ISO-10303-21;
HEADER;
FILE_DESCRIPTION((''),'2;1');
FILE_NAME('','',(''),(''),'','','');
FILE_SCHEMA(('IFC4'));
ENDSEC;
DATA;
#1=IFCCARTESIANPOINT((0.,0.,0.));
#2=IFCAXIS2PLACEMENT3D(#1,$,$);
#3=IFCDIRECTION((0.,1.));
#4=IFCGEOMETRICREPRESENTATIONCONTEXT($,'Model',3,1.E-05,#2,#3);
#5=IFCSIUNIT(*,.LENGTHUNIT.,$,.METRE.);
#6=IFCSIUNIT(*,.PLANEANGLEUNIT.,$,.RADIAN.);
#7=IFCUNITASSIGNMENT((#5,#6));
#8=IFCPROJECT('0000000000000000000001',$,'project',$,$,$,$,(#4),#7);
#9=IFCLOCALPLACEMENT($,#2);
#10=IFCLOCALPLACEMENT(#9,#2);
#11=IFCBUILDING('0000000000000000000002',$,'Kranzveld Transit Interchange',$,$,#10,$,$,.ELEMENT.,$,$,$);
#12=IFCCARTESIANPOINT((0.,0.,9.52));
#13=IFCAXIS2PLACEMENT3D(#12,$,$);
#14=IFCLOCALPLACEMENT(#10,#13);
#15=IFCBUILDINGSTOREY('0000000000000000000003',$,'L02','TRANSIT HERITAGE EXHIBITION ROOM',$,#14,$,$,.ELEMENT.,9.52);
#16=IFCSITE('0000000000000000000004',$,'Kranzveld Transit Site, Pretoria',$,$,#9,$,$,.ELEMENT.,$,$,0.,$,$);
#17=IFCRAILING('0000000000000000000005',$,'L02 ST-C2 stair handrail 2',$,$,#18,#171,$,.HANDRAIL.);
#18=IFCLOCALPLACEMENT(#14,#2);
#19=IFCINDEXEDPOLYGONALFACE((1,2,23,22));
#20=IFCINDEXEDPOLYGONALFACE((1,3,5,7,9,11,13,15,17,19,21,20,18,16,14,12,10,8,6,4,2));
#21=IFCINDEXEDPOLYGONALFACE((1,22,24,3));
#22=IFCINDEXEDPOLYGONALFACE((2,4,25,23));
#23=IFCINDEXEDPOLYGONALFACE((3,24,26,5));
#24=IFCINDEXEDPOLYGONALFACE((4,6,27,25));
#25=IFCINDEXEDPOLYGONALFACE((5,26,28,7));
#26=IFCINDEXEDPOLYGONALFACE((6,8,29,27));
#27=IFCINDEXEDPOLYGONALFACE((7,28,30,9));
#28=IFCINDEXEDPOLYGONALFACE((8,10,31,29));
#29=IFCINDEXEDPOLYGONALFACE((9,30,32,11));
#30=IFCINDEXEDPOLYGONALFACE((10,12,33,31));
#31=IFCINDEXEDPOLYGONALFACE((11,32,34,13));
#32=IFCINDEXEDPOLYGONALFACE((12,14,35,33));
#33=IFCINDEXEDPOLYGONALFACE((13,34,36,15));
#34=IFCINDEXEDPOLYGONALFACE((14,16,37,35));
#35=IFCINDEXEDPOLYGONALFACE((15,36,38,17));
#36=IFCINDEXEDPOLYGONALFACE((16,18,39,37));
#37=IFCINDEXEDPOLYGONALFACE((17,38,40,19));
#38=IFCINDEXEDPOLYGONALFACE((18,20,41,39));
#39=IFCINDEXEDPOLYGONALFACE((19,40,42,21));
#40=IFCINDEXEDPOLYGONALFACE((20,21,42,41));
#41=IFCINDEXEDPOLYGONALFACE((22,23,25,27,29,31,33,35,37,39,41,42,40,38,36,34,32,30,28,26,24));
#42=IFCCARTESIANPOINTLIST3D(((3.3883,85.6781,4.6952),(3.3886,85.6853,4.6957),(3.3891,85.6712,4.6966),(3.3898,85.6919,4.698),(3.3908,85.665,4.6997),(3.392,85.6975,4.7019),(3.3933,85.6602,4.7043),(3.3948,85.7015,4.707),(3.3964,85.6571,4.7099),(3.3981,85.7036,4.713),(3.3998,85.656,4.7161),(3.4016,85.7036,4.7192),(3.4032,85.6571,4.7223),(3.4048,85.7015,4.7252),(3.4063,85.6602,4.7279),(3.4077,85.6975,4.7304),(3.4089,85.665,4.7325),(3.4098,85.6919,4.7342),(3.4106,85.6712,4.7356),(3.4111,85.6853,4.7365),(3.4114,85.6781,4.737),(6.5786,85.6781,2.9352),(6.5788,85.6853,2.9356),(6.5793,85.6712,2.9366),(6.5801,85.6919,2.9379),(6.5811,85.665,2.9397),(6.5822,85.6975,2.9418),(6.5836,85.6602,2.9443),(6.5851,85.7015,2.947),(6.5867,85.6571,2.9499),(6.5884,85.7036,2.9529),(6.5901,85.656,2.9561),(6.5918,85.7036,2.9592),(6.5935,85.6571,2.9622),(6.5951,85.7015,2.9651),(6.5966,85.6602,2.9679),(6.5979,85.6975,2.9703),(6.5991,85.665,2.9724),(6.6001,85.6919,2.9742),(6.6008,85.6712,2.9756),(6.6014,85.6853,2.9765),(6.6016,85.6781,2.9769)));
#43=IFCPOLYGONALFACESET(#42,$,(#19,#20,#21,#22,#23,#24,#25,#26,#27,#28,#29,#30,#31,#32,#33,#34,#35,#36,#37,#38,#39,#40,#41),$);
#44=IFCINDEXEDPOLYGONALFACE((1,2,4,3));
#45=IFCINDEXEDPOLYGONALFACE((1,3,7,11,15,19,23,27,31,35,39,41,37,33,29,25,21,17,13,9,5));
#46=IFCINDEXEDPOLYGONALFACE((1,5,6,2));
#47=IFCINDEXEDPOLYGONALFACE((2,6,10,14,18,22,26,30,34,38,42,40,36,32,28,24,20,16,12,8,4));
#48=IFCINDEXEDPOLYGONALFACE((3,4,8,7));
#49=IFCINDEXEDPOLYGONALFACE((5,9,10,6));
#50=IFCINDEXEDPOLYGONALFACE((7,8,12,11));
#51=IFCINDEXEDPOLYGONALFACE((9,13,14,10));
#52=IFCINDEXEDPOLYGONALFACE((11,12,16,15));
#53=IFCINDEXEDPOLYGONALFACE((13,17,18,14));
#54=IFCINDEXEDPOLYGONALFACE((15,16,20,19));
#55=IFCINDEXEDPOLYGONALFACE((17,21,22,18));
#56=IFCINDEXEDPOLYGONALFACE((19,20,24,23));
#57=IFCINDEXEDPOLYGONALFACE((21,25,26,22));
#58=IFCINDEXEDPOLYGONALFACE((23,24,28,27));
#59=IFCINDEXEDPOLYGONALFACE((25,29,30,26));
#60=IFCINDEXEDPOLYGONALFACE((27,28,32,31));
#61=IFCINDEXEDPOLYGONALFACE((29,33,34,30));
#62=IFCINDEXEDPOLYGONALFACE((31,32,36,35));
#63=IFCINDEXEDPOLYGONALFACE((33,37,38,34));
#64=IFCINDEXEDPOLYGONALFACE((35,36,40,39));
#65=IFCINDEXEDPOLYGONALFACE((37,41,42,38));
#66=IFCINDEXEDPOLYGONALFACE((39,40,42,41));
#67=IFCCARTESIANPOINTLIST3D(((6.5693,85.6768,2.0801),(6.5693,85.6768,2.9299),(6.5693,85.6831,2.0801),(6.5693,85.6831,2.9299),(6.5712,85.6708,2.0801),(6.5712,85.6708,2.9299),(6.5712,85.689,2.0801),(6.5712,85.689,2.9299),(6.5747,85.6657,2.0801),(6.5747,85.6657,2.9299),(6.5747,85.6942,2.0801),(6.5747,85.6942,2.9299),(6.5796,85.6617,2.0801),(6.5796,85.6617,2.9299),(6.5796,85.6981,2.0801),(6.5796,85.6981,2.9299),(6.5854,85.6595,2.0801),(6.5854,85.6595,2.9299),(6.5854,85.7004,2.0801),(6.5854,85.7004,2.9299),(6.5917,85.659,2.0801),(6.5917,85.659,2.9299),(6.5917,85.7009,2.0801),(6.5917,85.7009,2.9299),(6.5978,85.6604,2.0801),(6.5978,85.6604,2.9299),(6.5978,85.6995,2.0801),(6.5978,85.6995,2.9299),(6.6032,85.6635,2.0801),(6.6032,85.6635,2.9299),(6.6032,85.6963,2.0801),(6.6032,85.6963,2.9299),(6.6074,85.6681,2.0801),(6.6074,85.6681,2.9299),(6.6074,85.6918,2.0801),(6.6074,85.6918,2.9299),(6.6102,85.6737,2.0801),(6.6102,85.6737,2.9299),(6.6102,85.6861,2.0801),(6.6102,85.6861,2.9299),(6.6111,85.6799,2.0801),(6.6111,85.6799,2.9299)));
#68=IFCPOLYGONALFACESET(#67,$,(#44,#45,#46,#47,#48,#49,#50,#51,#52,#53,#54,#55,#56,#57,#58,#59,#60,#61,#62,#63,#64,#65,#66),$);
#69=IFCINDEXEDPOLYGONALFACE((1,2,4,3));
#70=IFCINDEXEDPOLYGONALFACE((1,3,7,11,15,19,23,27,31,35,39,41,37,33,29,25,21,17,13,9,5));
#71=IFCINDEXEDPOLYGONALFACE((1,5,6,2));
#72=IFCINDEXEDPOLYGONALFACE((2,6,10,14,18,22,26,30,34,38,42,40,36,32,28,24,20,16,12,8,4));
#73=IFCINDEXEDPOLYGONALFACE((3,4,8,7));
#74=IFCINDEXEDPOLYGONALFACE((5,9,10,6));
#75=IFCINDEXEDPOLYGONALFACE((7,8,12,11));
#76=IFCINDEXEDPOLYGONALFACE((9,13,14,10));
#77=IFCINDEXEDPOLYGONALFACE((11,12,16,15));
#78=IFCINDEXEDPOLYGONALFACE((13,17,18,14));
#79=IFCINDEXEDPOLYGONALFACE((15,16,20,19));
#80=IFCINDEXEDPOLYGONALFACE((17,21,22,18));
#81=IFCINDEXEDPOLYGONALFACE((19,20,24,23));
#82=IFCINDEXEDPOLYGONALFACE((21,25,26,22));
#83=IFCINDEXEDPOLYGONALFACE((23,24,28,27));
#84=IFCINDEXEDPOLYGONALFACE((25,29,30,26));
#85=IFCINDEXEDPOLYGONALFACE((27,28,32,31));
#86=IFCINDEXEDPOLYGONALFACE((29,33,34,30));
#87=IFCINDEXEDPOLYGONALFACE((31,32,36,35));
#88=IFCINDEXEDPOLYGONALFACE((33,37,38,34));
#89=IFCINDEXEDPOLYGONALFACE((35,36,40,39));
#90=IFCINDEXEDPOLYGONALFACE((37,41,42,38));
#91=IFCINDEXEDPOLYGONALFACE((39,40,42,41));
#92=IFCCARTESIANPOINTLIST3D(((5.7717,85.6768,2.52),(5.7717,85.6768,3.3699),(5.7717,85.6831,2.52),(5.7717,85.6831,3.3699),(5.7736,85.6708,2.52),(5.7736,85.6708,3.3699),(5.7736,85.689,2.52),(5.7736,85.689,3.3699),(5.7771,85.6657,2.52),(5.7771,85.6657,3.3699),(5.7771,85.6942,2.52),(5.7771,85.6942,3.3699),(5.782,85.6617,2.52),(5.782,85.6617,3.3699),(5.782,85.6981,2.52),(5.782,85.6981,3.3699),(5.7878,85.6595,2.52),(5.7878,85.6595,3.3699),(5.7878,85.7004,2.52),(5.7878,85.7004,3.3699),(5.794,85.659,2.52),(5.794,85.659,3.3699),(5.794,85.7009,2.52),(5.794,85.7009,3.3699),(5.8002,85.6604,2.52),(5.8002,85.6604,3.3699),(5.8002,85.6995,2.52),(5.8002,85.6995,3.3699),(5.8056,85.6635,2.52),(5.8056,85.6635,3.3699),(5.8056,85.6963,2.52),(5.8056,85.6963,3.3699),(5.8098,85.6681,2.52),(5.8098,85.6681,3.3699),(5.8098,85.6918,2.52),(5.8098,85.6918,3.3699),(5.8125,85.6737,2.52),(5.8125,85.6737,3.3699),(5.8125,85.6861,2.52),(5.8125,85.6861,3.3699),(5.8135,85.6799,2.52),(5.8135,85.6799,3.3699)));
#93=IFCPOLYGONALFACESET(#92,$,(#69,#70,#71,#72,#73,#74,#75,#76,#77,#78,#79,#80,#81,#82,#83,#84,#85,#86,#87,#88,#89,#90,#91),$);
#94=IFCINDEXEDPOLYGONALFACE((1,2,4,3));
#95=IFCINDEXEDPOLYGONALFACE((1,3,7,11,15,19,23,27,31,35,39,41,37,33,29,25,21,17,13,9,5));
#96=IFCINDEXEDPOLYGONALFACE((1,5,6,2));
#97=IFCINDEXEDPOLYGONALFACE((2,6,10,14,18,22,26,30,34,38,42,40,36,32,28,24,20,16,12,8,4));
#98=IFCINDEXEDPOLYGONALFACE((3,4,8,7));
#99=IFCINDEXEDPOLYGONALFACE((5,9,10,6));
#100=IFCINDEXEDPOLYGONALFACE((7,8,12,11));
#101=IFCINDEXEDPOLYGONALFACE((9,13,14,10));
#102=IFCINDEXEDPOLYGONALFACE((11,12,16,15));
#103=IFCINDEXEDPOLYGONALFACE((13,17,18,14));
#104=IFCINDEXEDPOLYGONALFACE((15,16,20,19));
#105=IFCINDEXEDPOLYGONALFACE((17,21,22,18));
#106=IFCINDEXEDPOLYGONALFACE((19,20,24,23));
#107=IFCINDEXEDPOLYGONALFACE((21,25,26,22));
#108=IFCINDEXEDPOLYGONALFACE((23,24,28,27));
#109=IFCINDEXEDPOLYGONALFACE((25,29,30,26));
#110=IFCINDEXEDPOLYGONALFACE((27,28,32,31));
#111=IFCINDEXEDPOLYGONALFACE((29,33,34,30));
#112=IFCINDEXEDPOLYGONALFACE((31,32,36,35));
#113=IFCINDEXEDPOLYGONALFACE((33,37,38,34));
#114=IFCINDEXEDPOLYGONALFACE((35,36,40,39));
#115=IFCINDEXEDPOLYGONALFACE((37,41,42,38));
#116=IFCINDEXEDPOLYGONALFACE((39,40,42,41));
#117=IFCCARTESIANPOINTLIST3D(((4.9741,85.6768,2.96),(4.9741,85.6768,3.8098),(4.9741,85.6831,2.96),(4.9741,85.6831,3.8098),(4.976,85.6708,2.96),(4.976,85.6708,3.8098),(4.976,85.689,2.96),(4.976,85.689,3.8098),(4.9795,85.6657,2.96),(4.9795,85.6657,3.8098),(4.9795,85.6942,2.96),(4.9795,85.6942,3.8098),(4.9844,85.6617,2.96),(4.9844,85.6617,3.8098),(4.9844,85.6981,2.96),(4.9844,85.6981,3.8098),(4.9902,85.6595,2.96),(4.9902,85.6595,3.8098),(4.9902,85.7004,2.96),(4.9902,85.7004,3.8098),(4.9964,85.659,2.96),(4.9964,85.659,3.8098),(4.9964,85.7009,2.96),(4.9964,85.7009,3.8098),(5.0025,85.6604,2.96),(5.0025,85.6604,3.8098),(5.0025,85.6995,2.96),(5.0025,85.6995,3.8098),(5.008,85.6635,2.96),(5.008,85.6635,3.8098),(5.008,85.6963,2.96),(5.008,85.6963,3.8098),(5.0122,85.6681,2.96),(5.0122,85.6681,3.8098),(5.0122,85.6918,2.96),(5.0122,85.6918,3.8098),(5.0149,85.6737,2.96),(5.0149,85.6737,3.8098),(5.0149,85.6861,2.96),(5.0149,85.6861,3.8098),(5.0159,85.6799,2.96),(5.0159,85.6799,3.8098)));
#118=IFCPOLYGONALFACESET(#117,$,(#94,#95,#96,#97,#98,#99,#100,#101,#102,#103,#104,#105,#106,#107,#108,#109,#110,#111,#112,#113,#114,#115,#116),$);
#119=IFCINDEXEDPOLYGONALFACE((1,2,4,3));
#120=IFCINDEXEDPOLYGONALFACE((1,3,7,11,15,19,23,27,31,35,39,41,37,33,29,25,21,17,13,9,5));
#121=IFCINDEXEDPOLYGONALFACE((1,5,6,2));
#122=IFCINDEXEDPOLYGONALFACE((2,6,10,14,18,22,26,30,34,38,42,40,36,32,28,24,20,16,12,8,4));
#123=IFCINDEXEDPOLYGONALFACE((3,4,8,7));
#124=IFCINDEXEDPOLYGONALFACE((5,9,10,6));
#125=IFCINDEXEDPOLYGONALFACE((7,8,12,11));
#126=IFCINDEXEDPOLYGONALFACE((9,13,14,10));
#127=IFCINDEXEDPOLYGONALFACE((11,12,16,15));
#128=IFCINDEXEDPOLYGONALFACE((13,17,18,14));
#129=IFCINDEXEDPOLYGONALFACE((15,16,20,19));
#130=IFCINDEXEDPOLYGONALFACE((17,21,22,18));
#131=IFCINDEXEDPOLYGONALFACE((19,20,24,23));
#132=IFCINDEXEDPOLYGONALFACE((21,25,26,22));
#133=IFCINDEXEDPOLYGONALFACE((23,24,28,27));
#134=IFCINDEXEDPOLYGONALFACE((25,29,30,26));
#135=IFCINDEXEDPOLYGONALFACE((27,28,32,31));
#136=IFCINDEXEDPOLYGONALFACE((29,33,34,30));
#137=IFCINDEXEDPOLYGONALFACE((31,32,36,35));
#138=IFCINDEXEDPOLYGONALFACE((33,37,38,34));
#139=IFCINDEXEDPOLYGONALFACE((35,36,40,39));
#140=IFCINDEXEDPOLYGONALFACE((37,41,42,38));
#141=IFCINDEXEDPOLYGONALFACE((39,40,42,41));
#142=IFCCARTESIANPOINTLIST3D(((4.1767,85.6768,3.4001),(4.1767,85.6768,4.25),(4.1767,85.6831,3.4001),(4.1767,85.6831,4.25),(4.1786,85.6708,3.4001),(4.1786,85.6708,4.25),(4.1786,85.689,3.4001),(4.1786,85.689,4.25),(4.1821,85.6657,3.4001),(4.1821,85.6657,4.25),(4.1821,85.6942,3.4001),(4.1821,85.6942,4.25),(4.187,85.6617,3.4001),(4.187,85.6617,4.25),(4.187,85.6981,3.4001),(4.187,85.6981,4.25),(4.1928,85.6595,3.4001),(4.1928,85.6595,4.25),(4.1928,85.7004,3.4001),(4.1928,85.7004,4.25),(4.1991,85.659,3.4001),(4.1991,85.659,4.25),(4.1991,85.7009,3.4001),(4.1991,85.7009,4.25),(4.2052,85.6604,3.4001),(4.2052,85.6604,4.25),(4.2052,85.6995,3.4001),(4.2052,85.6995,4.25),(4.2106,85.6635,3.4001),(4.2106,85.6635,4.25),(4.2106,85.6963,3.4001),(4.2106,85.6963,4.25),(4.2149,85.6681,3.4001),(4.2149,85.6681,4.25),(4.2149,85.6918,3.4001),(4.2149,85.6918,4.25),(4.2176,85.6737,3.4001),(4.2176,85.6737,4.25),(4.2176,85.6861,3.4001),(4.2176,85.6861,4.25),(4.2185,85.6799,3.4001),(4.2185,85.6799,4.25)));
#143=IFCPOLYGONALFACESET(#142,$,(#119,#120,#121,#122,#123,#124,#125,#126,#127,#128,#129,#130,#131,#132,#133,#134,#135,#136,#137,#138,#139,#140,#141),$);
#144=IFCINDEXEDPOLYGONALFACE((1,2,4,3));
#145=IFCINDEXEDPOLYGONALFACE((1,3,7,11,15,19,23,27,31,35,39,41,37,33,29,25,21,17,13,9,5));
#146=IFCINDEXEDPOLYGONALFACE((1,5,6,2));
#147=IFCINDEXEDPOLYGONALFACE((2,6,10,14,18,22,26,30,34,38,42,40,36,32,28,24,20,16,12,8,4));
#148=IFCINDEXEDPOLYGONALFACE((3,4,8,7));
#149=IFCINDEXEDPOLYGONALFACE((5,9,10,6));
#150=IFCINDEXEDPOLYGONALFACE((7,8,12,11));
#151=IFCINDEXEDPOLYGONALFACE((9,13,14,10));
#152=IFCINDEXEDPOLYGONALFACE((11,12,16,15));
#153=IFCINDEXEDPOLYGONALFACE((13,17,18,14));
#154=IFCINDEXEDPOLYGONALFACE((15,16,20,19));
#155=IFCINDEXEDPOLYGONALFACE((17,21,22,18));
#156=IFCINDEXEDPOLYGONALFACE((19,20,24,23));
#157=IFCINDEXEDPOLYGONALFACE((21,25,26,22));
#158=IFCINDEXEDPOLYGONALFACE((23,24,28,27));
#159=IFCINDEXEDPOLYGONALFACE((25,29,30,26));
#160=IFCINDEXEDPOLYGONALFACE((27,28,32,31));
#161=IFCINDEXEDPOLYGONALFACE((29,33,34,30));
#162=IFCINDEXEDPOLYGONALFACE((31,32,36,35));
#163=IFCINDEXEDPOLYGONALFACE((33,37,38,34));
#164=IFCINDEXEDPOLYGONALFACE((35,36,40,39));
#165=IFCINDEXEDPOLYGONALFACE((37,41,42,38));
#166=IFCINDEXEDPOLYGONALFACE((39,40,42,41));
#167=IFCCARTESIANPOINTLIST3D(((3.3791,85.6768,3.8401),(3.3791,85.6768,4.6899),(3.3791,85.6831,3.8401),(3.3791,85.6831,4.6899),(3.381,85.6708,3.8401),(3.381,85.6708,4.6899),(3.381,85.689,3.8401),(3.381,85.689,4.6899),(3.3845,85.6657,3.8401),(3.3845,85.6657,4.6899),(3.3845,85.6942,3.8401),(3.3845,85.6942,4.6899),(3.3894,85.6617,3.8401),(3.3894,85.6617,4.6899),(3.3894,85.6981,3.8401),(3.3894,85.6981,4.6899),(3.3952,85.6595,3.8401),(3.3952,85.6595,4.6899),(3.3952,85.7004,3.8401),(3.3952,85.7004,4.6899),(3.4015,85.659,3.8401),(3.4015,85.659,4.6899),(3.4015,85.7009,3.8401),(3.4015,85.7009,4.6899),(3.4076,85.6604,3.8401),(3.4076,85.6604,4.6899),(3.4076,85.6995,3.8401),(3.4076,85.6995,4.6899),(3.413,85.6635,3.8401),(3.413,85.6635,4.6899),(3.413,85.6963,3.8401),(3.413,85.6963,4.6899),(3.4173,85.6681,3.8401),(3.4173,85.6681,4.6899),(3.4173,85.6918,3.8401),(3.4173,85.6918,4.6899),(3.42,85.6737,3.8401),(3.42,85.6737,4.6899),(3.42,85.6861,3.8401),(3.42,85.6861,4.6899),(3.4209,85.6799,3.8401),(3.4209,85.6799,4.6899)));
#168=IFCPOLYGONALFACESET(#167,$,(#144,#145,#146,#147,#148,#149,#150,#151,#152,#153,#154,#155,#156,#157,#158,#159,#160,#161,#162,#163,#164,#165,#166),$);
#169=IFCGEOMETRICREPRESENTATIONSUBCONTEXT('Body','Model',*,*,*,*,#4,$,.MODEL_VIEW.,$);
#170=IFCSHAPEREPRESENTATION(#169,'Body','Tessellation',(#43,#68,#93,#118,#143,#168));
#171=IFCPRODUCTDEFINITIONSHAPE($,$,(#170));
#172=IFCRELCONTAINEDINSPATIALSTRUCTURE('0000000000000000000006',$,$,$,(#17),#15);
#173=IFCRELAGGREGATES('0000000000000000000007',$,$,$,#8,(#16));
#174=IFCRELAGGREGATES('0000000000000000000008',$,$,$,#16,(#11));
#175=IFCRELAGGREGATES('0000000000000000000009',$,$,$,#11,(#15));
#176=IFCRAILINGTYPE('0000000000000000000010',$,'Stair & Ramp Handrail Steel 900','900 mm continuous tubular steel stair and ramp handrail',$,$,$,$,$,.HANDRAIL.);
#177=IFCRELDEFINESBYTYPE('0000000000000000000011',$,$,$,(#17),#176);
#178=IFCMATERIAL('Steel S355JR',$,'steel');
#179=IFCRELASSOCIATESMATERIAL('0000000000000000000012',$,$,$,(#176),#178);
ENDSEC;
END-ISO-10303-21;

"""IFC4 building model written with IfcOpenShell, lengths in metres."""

from ifc_helpers import new_model, si_unit, direction, frame, origin, origin_2d, place, context, subcontext, project, spatial, circle, extrude, material, type_object, element, save


model = new_model("IFC4")

# Units and contexts
model_context = context("Model", 3, precision=1e-05, world=origin(), true_north=direction((0.0, 1.0)))
body_context = subcontext(model_context, "Body", "Model", "MODEL_VIEW")
ifc_project = project(units=[si_unit("LENGTHUNIT", "METRE"), si_unit("PLANEANGLEUNIT", "RADIAN")], contexts=[model_context])

# Site, building, storey
site_placement = place(None, origin())
site = spatial("IfcSite", under=ifc_project, at=site_placement, Name="Kranzveld Transit Site, Pretoria", CompositionType="ELEMENT", RefElevation=0.0)
building_placement = place(site_placement, origin())
building = spatial("IfcBuilding", under=site, at=building_placement, Name="Kranzveld Transit Interchange", CompositionType="ELEMENT")
storey_placement = place(building_placement, frame((0.0, 0.0, 9.52)))
storey = spatial("IfcBuildingStorey", under=building, at=storey_placement, Name="L02", Description="TRANSIT HERITAGE EXHIBITION ROOM", CompositionType="ELEMENT", Elevation=9.52)

# Railing
ifc_material_1 = material(Name="Steel S355JR", Category="steel")
railing_type = type_object("IfcRailingType", Name="Stair & Ramp Handrail Steel 900", Description="900 mm continuous tubular steel stair and ramp handrail", PredefinedType="HANDRAIL", material=ifc_material_1)
railing_placement = place(storey_placement, frame((6.5901, 85.6799, 2.0801)))
element("IfcRailing", 1, at=railing_placement, inside=storey, type_object=railing_type, Name="L02 ST-C2 stair handrail 2", PredefinedType="HANDRAIL", context=body_context, shape_type="SweptSolid", body=[
    extrude(circle(Radius=0.0239, at=origin_2d()), frame((0.0, 0.0, 0.876), z_axis=(-0.875588, 0.0, 0.483058), x_axis=(0.0, -1.0, 0.0)), (0.0, 0.0, 1.0), 3.6436),
    extrude(circle(Radius=0.021, at=origin_2d()), origin(), (0.0, 0.0, 1.0), 0.8499),
    extrude(circle(Radius=0.021, at=origin_2d()), frame((-0.7976, 0.0, 0.4399)), (0.0, 0.0, 1.0), 0.8499),
    extrude(circle(Radius=0.021, at=origin_2d()), frame((-1.5952, 0.0, 0.8799)), (0.0, 0.0, 1.0), 0.8499),
    extrude(circle(Radius=0.021, at=origin_2d()), frame((-2.3926, 0.0, 1.3201)), (0.0, 0.0, 1.0), 0.8499),
    extrude(circle(Radius=0.021, at=origin_2d()), frame((-3.1902, 0.0, 1.76)), (0.0, 0.0, 1.0), 0.8499),
])

save(model, "model.ifc")
